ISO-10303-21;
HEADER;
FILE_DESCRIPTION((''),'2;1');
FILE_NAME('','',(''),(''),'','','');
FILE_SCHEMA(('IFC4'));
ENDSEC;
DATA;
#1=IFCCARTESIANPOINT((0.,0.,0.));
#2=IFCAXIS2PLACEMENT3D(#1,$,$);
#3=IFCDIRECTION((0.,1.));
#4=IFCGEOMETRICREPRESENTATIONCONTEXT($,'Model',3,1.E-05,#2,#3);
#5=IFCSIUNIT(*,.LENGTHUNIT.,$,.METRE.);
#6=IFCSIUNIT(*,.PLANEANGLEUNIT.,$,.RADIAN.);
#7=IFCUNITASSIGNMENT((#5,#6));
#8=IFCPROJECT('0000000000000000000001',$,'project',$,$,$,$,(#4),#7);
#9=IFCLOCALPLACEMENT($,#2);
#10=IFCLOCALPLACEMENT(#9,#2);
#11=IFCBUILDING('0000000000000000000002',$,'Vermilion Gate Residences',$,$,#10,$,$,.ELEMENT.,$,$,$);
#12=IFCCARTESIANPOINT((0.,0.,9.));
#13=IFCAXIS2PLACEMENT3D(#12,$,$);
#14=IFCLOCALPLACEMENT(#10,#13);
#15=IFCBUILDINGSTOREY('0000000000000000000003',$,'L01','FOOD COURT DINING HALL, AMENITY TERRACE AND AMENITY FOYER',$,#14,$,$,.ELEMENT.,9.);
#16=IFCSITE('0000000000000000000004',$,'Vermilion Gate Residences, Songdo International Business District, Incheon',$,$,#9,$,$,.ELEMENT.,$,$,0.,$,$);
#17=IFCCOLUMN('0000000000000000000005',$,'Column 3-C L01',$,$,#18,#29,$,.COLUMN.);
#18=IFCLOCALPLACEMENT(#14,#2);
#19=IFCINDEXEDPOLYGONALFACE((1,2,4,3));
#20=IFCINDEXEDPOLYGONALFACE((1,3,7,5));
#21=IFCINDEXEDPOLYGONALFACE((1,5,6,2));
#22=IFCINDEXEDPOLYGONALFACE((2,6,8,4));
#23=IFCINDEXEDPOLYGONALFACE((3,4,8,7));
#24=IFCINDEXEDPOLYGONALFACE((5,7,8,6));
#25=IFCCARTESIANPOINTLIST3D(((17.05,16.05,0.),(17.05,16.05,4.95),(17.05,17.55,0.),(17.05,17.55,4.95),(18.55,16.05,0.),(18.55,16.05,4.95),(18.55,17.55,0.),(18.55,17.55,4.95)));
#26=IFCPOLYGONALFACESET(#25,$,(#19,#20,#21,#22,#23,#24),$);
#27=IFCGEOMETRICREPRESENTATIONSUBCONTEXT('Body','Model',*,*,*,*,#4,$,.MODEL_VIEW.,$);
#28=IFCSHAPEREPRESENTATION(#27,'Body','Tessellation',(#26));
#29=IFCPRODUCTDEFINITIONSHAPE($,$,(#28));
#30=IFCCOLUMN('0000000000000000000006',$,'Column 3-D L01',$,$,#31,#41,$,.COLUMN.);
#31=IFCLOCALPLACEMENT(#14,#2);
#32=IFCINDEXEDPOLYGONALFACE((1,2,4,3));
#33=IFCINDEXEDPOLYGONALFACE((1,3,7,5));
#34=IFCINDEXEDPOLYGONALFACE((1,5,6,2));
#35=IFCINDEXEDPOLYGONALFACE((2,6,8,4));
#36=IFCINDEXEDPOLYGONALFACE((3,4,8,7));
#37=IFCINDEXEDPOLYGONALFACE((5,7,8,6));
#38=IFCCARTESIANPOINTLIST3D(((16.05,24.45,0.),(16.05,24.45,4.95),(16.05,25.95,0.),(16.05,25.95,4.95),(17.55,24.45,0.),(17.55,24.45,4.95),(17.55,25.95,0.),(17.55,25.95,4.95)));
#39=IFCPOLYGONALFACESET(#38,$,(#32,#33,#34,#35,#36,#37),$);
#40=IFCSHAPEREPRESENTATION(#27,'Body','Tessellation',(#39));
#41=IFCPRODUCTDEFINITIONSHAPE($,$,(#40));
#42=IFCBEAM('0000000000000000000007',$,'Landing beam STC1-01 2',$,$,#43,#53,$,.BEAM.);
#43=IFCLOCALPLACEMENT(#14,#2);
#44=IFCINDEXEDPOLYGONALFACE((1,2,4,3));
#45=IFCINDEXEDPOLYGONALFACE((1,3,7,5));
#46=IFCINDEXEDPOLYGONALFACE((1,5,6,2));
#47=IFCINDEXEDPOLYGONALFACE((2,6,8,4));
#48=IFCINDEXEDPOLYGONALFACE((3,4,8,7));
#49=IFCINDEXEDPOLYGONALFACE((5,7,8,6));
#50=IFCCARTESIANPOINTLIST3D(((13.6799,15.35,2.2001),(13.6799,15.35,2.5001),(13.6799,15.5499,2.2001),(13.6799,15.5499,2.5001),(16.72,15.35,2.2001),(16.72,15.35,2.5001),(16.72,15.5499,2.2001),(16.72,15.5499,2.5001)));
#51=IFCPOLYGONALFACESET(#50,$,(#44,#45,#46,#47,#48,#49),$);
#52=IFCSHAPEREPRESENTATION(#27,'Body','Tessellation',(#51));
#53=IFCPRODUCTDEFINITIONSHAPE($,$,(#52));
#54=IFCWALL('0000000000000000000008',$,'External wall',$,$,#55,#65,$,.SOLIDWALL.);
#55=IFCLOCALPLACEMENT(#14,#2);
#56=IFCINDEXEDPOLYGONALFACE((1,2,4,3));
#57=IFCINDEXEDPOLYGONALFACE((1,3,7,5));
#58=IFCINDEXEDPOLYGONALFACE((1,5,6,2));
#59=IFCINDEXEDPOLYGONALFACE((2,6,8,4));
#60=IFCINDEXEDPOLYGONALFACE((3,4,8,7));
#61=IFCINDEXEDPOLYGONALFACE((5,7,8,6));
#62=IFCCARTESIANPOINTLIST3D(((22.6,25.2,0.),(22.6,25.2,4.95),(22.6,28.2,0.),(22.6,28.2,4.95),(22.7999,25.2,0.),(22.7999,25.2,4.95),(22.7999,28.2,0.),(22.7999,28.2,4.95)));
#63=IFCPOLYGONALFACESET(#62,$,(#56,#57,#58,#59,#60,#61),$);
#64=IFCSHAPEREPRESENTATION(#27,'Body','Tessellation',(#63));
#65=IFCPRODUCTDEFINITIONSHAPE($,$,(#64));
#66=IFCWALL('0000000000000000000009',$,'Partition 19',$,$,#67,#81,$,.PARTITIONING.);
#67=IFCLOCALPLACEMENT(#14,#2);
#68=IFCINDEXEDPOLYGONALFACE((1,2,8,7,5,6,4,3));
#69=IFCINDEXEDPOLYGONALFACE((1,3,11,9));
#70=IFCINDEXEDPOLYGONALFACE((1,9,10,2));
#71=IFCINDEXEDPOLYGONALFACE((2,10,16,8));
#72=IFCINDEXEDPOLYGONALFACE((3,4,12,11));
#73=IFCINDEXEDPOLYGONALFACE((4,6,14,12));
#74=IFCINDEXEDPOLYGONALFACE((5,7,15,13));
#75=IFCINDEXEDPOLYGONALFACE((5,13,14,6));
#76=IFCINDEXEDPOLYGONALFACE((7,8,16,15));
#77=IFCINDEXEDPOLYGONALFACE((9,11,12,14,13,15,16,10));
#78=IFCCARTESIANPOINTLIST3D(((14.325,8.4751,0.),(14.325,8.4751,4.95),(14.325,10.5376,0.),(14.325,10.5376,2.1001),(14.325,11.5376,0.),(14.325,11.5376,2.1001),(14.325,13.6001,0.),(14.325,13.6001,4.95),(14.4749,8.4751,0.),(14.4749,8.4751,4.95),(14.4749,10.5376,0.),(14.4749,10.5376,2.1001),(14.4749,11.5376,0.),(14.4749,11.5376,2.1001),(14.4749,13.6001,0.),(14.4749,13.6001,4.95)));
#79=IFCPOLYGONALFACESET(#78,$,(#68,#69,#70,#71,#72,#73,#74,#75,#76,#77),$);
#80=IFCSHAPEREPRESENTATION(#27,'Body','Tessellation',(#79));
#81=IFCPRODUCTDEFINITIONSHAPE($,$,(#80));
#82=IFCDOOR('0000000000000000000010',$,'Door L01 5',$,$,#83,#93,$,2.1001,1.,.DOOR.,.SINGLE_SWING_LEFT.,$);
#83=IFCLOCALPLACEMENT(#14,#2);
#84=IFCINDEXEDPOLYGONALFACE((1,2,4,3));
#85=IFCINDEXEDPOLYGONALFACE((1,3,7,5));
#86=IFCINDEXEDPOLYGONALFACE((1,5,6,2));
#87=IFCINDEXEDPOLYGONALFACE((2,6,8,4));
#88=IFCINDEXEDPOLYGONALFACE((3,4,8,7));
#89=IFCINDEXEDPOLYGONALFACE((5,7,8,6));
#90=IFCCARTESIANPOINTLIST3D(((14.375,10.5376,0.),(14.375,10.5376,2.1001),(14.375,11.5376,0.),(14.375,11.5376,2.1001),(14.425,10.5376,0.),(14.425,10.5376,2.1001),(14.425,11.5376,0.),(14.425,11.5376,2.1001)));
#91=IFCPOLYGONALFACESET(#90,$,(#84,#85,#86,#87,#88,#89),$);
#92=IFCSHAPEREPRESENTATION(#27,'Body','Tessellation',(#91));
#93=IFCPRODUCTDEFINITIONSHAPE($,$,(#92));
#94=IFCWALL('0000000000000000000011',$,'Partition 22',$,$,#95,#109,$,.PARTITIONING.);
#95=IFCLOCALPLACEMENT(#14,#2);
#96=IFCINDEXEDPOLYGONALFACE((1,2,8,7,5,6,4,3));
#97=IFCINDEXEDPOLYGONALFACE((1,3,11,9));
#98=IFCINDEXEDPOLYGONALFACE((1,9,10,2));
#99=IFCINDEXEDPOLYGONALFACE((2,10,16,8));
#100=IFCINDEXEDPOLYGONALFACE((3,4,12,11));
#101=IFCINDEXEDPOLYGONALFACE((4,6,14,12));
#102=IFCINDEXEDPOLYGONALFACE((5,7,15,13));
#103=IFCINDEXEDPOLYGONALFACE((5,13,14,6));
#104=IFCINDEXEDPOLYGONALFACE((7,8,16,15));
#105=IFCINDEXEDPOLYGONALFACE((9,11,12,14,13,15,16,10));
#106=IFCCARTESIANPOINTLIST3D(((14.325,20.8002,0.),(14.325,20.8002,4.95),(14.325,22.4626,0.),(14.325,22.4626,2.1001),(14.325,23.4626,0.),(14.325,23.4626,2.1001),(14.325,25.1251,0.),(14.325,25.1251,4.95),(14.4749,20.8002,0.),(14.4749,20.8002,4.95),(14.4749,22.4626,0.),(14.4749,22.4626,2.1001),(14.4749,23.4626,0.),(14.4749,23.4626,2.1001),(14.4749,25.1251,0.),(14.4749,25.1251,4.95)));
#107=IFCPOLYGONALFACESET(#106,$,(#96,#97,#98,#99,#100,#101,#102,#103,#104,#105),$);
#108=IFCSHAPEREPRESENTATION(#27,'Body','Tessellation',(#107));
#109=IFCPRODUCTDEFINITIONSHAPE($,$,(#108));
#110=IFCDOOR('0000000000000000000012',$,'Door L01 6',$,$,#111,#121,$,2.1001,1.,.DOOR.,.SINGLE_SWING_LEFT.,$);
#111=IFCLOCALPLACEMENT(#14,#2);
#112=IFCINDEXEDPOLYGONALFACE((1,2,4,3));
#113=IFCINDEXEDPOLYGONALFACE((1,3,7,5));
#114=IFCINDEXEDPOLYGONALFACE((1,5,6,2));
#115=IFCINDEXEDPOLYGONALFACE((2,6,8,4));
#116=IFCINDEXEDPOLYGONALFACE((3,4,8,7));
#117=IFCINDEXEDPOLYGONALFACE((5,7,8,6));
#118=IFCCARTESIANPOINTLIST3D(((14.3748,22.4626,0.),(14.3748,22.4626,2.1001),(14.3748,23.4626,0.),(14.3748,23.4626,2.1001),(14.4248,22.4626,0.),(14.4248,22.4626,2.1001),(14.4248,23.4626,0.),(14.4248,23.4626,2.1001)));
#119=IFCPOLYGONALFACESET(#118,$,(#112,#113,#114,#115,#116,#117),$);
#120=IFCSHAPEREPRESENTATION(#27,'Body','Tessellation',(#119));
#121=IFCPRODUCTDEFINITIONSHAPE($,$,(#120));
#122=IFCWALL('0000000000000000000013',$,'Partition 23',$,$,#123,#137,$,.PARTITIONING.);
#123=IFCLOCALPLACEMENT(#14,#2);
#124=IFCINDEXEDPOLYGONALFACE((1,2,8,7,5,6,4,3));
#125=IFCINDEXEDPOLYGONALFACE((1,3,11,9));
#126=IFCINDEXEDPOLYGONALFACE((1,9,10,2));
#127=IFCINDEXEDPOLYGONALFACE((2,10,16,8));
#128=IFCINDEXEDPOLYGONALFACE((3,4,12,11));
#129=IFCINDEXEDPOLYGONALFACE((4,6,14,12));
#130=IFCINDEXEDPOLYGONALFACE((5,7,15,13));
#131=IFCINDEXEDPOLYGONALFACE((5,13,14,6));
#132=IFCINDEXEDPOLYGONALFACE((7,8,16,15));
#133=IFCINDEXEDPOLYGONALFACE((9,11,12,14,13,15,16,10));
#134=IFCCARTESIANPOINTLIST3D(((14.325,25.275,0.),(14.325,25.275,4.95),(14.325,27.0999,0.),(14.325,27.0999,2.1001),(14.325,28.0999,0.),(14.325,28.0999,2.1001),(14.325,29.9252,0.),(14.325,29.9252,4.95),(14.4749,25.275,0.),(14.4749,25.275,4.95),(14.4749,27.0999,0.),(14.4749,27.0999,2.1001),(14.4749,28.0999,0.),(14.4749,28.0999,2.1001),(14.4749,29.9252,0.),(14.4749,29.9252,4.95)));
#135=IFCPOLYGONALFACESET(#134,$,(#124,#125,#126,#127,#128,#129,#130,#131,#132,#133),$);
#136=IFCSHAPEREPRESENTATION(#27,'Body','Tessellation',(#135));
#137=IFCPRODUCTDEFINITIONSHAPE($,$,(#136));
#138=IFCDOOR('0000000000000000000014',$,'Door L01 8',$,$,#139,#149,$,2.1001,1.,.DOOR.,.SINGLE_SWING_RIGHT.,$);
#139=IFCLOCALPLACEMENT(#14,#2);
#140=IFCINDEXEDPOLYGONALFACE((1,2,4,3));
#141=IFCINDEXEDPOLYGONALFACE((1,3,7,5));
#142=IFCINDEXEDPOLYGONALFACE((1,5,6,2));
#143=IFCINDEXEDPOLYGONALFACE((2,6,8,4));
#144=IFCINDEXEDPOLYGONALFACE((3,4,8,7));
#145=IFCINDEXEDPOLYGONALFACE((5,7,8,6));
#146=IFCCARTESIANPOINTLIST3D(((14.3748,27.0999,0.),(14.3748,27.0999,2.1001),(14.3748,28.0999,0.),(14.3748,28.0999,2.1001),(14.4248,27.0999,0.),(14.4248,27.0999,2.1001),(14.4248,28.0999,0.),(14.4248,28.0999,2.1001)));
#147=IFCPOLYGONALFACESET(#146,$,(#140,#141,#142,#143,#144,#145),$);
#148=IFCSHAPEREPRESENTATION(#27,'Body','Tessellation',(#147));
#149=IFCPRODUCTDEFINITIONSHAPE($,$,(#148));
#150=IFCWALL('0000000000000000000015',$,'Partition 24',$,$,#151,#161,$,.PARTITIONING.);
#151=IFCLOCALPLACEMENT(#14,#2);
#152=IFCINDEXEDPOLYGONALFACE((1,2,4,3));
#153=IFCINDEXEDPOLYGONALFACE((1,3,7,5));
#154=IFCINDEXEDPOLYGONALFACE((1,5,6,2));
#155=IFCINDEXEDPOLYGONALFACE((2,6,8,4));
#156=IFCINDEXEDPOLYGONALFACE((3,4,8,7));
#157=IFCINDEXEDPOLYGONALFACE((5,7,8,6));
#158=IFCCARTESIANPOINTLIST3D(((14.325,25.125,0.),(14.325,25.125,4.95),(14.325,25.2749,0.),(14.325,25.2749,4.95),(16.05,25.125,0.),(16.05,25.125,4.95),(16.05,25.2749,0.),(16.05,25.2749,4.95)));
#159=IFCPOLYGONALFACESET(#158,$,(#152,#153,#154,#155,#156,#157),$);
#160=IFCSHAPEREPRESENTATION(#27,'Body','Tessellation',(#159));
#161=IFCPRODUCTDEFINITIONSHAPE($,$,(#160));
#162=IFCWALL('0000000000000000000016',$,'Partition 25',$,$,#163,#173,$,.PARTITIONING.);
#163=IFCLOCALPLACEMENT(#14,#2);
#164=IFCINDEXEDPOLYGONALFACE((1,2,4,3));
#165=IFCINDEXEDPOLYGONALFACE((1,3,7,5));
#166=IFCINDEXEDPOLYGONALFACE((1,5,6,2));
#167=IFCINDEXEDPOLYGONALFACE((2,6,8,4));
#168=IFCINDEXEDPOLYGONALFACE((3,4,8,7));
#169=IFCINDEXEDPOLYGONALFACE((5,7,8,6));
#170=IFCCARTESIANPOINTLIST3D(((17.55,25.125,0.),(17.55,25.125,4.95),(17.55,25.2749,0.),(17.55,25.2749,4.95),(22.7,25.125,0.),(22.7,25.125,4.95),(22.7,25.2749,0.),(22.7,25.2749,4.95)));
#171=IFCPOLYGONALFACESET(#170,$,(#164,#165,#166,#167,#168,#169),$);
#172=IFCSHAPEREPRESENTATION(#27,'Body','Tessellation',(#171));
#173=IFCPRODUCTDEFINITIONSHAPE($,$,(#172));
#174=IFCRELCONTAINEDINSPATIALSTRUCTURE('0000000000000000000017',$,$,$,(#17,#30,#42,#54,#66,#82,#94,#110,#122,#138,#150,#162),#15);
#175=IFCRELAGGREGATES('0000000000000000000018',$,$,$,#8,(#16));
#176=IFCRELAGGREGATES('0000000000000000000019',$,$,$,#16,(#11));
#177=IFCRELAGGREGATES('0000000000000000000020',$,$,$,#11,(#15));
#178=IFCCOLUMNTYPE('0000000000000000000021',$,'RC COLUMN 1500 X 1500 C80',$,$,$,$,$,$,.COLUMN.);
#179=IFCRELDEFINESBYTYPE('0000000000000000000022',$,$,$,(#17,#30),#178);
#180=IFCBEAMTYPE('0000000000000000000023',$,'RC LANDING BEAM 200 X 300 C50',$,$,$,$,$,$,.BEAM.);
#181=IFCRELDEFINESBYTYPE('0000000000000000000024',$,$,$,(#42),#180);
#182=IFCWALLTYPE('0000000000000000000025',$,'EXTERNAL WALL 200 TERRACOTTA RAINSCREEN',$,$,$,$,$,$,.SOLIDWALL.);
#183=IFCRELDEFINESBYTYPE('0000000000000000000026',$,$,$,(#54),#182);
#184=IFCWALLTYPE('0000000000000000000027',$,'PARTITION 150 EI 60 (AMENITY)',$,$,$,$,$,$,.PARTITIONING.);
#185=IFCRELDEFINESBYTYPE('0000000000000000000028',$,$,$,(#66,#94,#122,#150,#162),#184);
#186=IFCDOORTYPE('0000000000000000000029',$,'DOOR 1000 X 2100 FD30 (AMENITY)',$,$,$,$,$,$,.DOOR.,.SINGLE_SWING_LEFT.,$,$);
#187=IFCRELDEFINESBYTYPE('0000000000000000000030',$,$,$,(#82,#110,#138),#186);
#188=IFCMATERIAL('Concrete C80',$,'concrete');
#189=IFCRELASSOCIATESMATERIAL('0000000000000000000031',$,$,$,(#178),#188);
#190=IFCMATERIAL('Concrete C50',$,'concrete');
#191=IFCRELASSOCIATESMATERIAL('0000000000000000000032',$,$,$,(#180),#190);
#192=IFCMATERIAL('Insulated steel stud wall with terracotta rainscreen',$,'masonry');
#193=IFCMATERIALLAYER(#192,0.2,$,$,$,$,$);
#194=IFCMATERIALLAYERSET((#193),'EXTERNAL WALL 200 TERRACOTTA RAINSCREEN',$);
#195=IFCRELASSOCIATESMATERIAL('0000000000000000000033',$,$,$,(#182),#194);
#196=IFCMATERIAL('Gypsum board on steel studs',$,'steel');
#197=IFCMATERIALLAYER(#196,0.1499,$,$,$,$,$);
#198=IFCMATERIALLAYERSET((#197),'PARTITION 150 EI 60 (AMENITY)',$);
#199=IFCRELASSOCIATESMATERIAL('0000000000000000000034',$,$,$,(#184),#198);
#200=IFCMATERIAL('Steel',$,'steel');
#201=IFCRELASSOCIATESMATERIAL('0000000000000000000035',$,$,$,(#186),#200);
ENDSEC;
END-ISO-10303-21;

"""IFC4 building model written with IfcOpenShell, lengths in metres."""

from ifc_helpers import new_model, si_unit, direction, frame, frame_2d, origin, origin_2d, place, context, subcontext, project, spatial, rectangle, extrude, material, layer, layer_set, material_profile, profile_set, type_object, element, fill, save


model = new_model("IFC4")

# Units and contexts
model_context = context("Model", 3, precision=1e-05, world=origin(), true_north=direction((0.0, 1.0)))
body_context = subcontext(model_context, "Body", "Model", "MODEL_VIEW")
ifc_project = project(units=[si_unit("LENGTHUNIT", "METRE"), si_unit("PLANEANGLEUNIT", "RADIAN")], contexts=[model_context])

# Site, building, storey
site_placement = place(None, origin())
site = spatial("IfcSite", under=ifc_project, at=site_placement, Name="Vermilion Gate Residences, Songdo International Business District, Incheon", CompositionType="ELEMENT", RefElevation=0.0)
building_placement = place(site_placement, origin())
building = spatial("IfcBuilding", under=site, at=building_placement, Name="Vermilion Gate Residences", CompositionType="ELEMENT")
storey_placement = place(building_placement, frame((0.0, 0.0, 9.0)))
storey = spatial("IfcBuildingStorey", under=building, at=storey_placement, Name="L01", Description="FOOD COURT DINING HALL, AMENITY TERRACE AND AMENITY FOYER", CompositionType="ELEMENT", Elevation=9.0)

# Columns
ifc_material_1 = material(Name="Concrete C80", Category="concrete")
ifc_material_profile_1 = material_profile(ifc_material_1, rectangle(XDim=1.5, YDim=1.5, at=origin_2d()), Name="RC-1500x1500")
ifc_profile_set_1 = profile_set([ifc_material_profile_1], Name="Concrete C80")
column_type = type_object("IfcColumnType", Name="RC COLUMN 1500 X 1500 C80", PredefinedType="COLUMN", material=ifc_profile_set_1)
for number, where, z_axis, x_axis, name in (
    (1, (17.8, 16.8, 0.0), (0.0, 0.0, 1.0), (1.0, 0.0, 0.0), "Column 3-C L01"),
    (2, (16.8, 25.2, 0.0), (0.0, 0.0, 1.0), (1.0, 0.0, 0.0), "Column 3-D L01"),
):
    element("IfcColumn", number, at=place(storey_placement, frame(where, z_axis=z_axis, x_axis=x_axis)), inside=storey, type_object=column_type, Name=name, PredefinedType="COLUMN", context=body_context, shape_type="SweptSolid", body=[
        extrude(rectangle(XDim=1.5, YDim=1.5, at=origin_2d()), origin(), (0.0, 0.0, 1.0), 4.95),
    ])

# Beam
ifc_material_2 = material(Name="Concrete C50", Category="concrete")
ifc_material_profile_2 = material_profile(ifc_material_2, rectangle(XDim=0.2, YDim=0.3, at=origin_2d()), Name="RC-200x300")
ifc_profile_set_2 = profile_set([ifc_material_profile_2], Name="Concrete C50")
beam_type = type_object("IfcBeamType", Name="RC LANDING BEAM 200 X 300 C50", PredefinedType="BEAM", material=ifc_profile_set_2)
beam_placement = place(storey_placement, frame((13.6799, 15.45, 2.3501), z_axis=(1.0, 0.0, 0.0), x_axis=(0.0, 1.0, 0.0)))
element("IfcBeam", 3, at=beam_placement, inside=storey, type_object=beam_type, Name="Landing beam STC1-01 2", PredefinedType="BEAM", context=body_context, shape_type="SweptSolid", body=[
    extrude(rectangle(XDim=0.2, YDim=0.3, at=origin_2d()), origin(), (0.0, 0.0, 1.0), 3.04),
])

# Wall
ifc_material_3 = material(Name="Insulated steel stud wall with terracotta rainscreen", Category="masonry")
ifc_layer_1 = layer(ifc_material_3, 0.2)
ifc_layer_set_1 = layer_set([ifc_layer_1], Name="EXTERNAL WALL 200 TERRACOTTA RAINSCREEN")
wall_type_1 = type_object("IfcWallType", Name="EXTERNAL WALL 200 TERRACOTTA RAINSCREEN", PredefinedType="SOLIDWALL", material=ifc_layer_set_1)
wall_1_placement = place(storey_placement, frame((22.7, 25.2, 0.0), z_axis=(0.0, 0.0, 1.0), x_axis=(0.0, 1.0, 0.0)))
element("IfcWall", 4, at=wall_1_placement, inside=storey, type_object=wall_type_1, Name="External wall", PredefinedType="SOLIDWALL", context=body_context, shape_type="SweptSolid", body=[
    extrude(rectangle(XDim=3.0, YDim=0.2, at=frame_2d((1.5, 0.0))), origin(), (0.0, 0.0, 1.0), 4.95),
])

# Walls, openings, doors
ifc_material_4 = material(Name="Gypsum board on steel studs", Category="steel")
ifc_layer_2 = layer(ifc_material_4, 0.1499)
ifc_layer_set_2 = layer_set([ifc_layer_2], Name="PARTITION 150 EI 60 (AMENITY)")
wall_type_2 = type_object("IfcWallType", Name="PARTITION 150 EI 60 (AMENITY)", PredefinedType="PARTITIONING", material=ifc_layer_set_2)
wall_2_placement = place(storey_placement, frame((14.3999, 8.4751, 0.0), z_axis=(0.0, 0.0, 1.0), x_axis=(0.0, 1.0, 0.0)))
wall_2 = element("IfcWall", 5, at=wall_2_placement, inside=storey, type_object=wall_type_2, Name="Partition 19", PredefinedType="PARTITIONING", context=body_context, shape_type="SweptSolid", body=[
    extrude(rectangle(XDim=5.125, YDim=0.1499, at=frame_2d((2.5625, 0.0))), origin(), (0.0, 0.0, 1.0), 4.95),
])
opening_1_placement = place(wall_2_placement, frame((2.0625, 0.0, 0.0)))
opening_1 = element("IfcOpeningElement", 6, at=opening_1_placement, cuts=wall_2, PredefinedType="OPENING", context=body_context, shape_type="SweptSolid", body=[
    extrude(rectangle(XDim=1.0, YDim=2.1001, at=frame_2d((0.5, 1.05))), frame((0.0, 0.085, 0.0), z_axis=(0.0, -1.0, 0.0), x_axis=(1.0, 0.0, 0.0)), (0.0, 0.0, 1.0), 0.1699),
])
ifc_material_5 = material(Name="Steel", Category="steel")
door_type_1 = type_object("IfcDoorType", Name="DOOR 1000 X 2100 FD30 (AMENITY)", OperationType="SINGLE_SWING_LEFT", PredefinedType="DOOR", material=ifc_material_5)
door_1_placement = place(opening_1_placement, origin())
door_1 = element("IfcDoor", 7, at=door_1_placement, inside=storey, type_object=door_type_1, Name="Door L01 5", OperationType="SINGLE_SWING_LEFT", OverallHeight=2.1001, OverallWidth=1.0, PredefinedType="DOOR", context=body_context, shape_type="SweptSolid", body=[
    extrude(rectangle(XDim=1.0, YDim=2.1001, at=frame_2d((0.5, 1.05))), frame((0.0, 0.0249, 0.0), z_axis=(0.0, -1.0, 0.0), x_axis=(1.0, 0.0, 0.0)), (0.0, 0.0, 1.0), 0.05),
])
fill(opening_1, door_1)
wall_3_placement = place(storey_placement, frame((14.3999, 20.8, 0.0), z_axis=(0.0, 0.0, 1.0), x_axis=(0.0, 1.0, 0.0)))
wall_3 = element("IfcWall", 8, at=wall_3_placement, inside=storey, type_object=wall_type_2, Name="Partition 22", PredefinedType="PARTITIONING", context=body_context, shape_type="SweptSolid", body=[
    extrude(rectangle(XDim=4.325, YDim=0.1499, at=frame_2d((2.1626, 0.0))), origin(), (0.0, 0.0, 1.0), 4.95),
])
opening_2_placement = place(wall_3_placement, frame((1.6626, 0.0, 0.0)))
opening_2 = element("IfcOpeningElement", 9, at=opening_2_placement, cuts=wall_3, PredefinedType="OPENING", context=body_context, shape_type="SweptSolid", body=[
    extrude(rectangle(XDim=1.0, YDim=2.1001, at=frame_2d((0.5, 1.05))), frame((0.0, 0.085, 0.0), z_axis=(0.0, -1.0, 0.0), x_axis=(1.0, 0.0, 0.0)), (0.0, 0.0, 1.0), 0.1699),
])
door_2_placement = place(opening_2_placement, frame((1.0, 0.0, 0.0), z_axis=(0.0, 0.0, 1.0), x_axis=(-1.0, 0.0, 0.0)))
door_2 = element("IfcDoor", 10, at=door_2_placement, inside=storey, type_object=door_type_1, Name="Door L01 6", OperationType="SINGLE_SWING_LEFT", OverallHeight=2.1001, OverallWidth=1.0, PredefinedType="DOOR", context=body_context, shape_type="SweptSolid", body=[
    extrude(rectangle(XDim=1.0, YDim=2.1001, at=frame_2d((0.5, 1.05))), frame((0.0, 0.0249, 0.0), z_axis=(0.0, -1.0, 0.0), x_axis=(1.0, 0.0, 0.0)), (0.0, 0.0, 1.0), 0.05),
])
fill(opening_2, door_2)
wall_4_placement = place(storey_placement, frame((14.3999, 25.2749, 0.0), z_axis=(0.0, 0.0, 1.0), x_axis=(0.0, 1.0, 0.0)))
wall_4 = element("IfcWall", 11, at=wall_4_placement, inside=storey, type_object=wall_type_2, Name="Partition 23", PredefinedType="PARTITIONING", context=body_context, shape_type="SweptSolid", body=[
    extrude(rectangle(XDim=4.6501, YDim=0.1499, at=frame_2d((2.3252, 0.0))), origin(), (0.0, 0.0, 1.0), 4.95),
])
opening_3_placement = place(wall_4_placement, frame((1.825, 0.0, 0.0)))
opening_3 = element("IfcOpeningElement", 12, at=opening_3_placement, cuts=wall_4, PredefinedType="OPENING", context=body_context, shape_type="SweptSolid", body=[
    extrude(rectangle(XDim=1.0, YDim=2.1001, at=frame_2d((0.5, 1.05))), frame((0.0, 0.085, 0.0), z_axis=(0.0, -1.0, 0.0), x_axis=(1.0, 0.0, 0.0)), (0.0, 0.0, 1.0), 0.1699),
])
door_3_placement = place(opening_3_placement, frame((1.0, 0.0, 0.0), z_axis=(0.0, 0.0, 1.0), x_axis=(-1.0, 0.0, 0.0)))
door_3 = element("IfcDoor", 13, at=door_3_placement, inside=storey, type_object=door_type_1, Name="Door L01 8", OperationType="SINGLE_SWING_RIGHT", OverallHeight=2.1001, OverallWidth=1.0, PredefinedType="DOOR", context=body_context, shape_type="SweptSolid", body=[
    extrude(rectangle(XDim=1.0, YDim=2.1001, at=frame_2d((0.5, 1.05))), frame((0.0, 0.0249, 0.0), z_axis=(0.0, -1.0, 0.0), x_axis=(1.0, 0.0, 0.0)), (0.0, 0.0, 1.0), 0.05),
])
fill(opening_3, door_3)

# Walls
wall_5_placement = place(storey_placement, frame((14.325, 25.2, 0.0), z_axis=(0.0, 0.0, 1.0), x_axis=(1.0, 0.0, 0.0)))
element("IfcWall", 14, at=wall_5_placement, inside=storey, type_object=wall_type_2, Name="Partition 24", PredefinedType="PARTITIONING", context=body_context, shape_type="SweptSolid", body=[
    extrude(rectangle(XDim=1.7251, YDim=0.1499, at=frame_2d((0.8625, 0.0))), origin(), (0.0, 0.0, 1.0), 4.95),
])
wall_6_placement = place(storey_placement, frame((17.55, 25.2, 0.0), z_axis=(0.0, 0.0, 1.0), x_axis=(1.0, 0.0, 0.0)))
element("IfcWall", 15, at=wall_6_placement, inside=storey, type_object=wall_type_2, Name="Partition 25", PredefinedType="PARTITIONING", context=body_context, shape_type="SweptSolid", body=[
    extrude(rectangle(XDim=5.1499, YDim=0.1499, at=frame_2d((2.575, 0.0))), origin(), (0.0, 0.0, 1.0), 4.95),
])

save(model, "model.ifc")
